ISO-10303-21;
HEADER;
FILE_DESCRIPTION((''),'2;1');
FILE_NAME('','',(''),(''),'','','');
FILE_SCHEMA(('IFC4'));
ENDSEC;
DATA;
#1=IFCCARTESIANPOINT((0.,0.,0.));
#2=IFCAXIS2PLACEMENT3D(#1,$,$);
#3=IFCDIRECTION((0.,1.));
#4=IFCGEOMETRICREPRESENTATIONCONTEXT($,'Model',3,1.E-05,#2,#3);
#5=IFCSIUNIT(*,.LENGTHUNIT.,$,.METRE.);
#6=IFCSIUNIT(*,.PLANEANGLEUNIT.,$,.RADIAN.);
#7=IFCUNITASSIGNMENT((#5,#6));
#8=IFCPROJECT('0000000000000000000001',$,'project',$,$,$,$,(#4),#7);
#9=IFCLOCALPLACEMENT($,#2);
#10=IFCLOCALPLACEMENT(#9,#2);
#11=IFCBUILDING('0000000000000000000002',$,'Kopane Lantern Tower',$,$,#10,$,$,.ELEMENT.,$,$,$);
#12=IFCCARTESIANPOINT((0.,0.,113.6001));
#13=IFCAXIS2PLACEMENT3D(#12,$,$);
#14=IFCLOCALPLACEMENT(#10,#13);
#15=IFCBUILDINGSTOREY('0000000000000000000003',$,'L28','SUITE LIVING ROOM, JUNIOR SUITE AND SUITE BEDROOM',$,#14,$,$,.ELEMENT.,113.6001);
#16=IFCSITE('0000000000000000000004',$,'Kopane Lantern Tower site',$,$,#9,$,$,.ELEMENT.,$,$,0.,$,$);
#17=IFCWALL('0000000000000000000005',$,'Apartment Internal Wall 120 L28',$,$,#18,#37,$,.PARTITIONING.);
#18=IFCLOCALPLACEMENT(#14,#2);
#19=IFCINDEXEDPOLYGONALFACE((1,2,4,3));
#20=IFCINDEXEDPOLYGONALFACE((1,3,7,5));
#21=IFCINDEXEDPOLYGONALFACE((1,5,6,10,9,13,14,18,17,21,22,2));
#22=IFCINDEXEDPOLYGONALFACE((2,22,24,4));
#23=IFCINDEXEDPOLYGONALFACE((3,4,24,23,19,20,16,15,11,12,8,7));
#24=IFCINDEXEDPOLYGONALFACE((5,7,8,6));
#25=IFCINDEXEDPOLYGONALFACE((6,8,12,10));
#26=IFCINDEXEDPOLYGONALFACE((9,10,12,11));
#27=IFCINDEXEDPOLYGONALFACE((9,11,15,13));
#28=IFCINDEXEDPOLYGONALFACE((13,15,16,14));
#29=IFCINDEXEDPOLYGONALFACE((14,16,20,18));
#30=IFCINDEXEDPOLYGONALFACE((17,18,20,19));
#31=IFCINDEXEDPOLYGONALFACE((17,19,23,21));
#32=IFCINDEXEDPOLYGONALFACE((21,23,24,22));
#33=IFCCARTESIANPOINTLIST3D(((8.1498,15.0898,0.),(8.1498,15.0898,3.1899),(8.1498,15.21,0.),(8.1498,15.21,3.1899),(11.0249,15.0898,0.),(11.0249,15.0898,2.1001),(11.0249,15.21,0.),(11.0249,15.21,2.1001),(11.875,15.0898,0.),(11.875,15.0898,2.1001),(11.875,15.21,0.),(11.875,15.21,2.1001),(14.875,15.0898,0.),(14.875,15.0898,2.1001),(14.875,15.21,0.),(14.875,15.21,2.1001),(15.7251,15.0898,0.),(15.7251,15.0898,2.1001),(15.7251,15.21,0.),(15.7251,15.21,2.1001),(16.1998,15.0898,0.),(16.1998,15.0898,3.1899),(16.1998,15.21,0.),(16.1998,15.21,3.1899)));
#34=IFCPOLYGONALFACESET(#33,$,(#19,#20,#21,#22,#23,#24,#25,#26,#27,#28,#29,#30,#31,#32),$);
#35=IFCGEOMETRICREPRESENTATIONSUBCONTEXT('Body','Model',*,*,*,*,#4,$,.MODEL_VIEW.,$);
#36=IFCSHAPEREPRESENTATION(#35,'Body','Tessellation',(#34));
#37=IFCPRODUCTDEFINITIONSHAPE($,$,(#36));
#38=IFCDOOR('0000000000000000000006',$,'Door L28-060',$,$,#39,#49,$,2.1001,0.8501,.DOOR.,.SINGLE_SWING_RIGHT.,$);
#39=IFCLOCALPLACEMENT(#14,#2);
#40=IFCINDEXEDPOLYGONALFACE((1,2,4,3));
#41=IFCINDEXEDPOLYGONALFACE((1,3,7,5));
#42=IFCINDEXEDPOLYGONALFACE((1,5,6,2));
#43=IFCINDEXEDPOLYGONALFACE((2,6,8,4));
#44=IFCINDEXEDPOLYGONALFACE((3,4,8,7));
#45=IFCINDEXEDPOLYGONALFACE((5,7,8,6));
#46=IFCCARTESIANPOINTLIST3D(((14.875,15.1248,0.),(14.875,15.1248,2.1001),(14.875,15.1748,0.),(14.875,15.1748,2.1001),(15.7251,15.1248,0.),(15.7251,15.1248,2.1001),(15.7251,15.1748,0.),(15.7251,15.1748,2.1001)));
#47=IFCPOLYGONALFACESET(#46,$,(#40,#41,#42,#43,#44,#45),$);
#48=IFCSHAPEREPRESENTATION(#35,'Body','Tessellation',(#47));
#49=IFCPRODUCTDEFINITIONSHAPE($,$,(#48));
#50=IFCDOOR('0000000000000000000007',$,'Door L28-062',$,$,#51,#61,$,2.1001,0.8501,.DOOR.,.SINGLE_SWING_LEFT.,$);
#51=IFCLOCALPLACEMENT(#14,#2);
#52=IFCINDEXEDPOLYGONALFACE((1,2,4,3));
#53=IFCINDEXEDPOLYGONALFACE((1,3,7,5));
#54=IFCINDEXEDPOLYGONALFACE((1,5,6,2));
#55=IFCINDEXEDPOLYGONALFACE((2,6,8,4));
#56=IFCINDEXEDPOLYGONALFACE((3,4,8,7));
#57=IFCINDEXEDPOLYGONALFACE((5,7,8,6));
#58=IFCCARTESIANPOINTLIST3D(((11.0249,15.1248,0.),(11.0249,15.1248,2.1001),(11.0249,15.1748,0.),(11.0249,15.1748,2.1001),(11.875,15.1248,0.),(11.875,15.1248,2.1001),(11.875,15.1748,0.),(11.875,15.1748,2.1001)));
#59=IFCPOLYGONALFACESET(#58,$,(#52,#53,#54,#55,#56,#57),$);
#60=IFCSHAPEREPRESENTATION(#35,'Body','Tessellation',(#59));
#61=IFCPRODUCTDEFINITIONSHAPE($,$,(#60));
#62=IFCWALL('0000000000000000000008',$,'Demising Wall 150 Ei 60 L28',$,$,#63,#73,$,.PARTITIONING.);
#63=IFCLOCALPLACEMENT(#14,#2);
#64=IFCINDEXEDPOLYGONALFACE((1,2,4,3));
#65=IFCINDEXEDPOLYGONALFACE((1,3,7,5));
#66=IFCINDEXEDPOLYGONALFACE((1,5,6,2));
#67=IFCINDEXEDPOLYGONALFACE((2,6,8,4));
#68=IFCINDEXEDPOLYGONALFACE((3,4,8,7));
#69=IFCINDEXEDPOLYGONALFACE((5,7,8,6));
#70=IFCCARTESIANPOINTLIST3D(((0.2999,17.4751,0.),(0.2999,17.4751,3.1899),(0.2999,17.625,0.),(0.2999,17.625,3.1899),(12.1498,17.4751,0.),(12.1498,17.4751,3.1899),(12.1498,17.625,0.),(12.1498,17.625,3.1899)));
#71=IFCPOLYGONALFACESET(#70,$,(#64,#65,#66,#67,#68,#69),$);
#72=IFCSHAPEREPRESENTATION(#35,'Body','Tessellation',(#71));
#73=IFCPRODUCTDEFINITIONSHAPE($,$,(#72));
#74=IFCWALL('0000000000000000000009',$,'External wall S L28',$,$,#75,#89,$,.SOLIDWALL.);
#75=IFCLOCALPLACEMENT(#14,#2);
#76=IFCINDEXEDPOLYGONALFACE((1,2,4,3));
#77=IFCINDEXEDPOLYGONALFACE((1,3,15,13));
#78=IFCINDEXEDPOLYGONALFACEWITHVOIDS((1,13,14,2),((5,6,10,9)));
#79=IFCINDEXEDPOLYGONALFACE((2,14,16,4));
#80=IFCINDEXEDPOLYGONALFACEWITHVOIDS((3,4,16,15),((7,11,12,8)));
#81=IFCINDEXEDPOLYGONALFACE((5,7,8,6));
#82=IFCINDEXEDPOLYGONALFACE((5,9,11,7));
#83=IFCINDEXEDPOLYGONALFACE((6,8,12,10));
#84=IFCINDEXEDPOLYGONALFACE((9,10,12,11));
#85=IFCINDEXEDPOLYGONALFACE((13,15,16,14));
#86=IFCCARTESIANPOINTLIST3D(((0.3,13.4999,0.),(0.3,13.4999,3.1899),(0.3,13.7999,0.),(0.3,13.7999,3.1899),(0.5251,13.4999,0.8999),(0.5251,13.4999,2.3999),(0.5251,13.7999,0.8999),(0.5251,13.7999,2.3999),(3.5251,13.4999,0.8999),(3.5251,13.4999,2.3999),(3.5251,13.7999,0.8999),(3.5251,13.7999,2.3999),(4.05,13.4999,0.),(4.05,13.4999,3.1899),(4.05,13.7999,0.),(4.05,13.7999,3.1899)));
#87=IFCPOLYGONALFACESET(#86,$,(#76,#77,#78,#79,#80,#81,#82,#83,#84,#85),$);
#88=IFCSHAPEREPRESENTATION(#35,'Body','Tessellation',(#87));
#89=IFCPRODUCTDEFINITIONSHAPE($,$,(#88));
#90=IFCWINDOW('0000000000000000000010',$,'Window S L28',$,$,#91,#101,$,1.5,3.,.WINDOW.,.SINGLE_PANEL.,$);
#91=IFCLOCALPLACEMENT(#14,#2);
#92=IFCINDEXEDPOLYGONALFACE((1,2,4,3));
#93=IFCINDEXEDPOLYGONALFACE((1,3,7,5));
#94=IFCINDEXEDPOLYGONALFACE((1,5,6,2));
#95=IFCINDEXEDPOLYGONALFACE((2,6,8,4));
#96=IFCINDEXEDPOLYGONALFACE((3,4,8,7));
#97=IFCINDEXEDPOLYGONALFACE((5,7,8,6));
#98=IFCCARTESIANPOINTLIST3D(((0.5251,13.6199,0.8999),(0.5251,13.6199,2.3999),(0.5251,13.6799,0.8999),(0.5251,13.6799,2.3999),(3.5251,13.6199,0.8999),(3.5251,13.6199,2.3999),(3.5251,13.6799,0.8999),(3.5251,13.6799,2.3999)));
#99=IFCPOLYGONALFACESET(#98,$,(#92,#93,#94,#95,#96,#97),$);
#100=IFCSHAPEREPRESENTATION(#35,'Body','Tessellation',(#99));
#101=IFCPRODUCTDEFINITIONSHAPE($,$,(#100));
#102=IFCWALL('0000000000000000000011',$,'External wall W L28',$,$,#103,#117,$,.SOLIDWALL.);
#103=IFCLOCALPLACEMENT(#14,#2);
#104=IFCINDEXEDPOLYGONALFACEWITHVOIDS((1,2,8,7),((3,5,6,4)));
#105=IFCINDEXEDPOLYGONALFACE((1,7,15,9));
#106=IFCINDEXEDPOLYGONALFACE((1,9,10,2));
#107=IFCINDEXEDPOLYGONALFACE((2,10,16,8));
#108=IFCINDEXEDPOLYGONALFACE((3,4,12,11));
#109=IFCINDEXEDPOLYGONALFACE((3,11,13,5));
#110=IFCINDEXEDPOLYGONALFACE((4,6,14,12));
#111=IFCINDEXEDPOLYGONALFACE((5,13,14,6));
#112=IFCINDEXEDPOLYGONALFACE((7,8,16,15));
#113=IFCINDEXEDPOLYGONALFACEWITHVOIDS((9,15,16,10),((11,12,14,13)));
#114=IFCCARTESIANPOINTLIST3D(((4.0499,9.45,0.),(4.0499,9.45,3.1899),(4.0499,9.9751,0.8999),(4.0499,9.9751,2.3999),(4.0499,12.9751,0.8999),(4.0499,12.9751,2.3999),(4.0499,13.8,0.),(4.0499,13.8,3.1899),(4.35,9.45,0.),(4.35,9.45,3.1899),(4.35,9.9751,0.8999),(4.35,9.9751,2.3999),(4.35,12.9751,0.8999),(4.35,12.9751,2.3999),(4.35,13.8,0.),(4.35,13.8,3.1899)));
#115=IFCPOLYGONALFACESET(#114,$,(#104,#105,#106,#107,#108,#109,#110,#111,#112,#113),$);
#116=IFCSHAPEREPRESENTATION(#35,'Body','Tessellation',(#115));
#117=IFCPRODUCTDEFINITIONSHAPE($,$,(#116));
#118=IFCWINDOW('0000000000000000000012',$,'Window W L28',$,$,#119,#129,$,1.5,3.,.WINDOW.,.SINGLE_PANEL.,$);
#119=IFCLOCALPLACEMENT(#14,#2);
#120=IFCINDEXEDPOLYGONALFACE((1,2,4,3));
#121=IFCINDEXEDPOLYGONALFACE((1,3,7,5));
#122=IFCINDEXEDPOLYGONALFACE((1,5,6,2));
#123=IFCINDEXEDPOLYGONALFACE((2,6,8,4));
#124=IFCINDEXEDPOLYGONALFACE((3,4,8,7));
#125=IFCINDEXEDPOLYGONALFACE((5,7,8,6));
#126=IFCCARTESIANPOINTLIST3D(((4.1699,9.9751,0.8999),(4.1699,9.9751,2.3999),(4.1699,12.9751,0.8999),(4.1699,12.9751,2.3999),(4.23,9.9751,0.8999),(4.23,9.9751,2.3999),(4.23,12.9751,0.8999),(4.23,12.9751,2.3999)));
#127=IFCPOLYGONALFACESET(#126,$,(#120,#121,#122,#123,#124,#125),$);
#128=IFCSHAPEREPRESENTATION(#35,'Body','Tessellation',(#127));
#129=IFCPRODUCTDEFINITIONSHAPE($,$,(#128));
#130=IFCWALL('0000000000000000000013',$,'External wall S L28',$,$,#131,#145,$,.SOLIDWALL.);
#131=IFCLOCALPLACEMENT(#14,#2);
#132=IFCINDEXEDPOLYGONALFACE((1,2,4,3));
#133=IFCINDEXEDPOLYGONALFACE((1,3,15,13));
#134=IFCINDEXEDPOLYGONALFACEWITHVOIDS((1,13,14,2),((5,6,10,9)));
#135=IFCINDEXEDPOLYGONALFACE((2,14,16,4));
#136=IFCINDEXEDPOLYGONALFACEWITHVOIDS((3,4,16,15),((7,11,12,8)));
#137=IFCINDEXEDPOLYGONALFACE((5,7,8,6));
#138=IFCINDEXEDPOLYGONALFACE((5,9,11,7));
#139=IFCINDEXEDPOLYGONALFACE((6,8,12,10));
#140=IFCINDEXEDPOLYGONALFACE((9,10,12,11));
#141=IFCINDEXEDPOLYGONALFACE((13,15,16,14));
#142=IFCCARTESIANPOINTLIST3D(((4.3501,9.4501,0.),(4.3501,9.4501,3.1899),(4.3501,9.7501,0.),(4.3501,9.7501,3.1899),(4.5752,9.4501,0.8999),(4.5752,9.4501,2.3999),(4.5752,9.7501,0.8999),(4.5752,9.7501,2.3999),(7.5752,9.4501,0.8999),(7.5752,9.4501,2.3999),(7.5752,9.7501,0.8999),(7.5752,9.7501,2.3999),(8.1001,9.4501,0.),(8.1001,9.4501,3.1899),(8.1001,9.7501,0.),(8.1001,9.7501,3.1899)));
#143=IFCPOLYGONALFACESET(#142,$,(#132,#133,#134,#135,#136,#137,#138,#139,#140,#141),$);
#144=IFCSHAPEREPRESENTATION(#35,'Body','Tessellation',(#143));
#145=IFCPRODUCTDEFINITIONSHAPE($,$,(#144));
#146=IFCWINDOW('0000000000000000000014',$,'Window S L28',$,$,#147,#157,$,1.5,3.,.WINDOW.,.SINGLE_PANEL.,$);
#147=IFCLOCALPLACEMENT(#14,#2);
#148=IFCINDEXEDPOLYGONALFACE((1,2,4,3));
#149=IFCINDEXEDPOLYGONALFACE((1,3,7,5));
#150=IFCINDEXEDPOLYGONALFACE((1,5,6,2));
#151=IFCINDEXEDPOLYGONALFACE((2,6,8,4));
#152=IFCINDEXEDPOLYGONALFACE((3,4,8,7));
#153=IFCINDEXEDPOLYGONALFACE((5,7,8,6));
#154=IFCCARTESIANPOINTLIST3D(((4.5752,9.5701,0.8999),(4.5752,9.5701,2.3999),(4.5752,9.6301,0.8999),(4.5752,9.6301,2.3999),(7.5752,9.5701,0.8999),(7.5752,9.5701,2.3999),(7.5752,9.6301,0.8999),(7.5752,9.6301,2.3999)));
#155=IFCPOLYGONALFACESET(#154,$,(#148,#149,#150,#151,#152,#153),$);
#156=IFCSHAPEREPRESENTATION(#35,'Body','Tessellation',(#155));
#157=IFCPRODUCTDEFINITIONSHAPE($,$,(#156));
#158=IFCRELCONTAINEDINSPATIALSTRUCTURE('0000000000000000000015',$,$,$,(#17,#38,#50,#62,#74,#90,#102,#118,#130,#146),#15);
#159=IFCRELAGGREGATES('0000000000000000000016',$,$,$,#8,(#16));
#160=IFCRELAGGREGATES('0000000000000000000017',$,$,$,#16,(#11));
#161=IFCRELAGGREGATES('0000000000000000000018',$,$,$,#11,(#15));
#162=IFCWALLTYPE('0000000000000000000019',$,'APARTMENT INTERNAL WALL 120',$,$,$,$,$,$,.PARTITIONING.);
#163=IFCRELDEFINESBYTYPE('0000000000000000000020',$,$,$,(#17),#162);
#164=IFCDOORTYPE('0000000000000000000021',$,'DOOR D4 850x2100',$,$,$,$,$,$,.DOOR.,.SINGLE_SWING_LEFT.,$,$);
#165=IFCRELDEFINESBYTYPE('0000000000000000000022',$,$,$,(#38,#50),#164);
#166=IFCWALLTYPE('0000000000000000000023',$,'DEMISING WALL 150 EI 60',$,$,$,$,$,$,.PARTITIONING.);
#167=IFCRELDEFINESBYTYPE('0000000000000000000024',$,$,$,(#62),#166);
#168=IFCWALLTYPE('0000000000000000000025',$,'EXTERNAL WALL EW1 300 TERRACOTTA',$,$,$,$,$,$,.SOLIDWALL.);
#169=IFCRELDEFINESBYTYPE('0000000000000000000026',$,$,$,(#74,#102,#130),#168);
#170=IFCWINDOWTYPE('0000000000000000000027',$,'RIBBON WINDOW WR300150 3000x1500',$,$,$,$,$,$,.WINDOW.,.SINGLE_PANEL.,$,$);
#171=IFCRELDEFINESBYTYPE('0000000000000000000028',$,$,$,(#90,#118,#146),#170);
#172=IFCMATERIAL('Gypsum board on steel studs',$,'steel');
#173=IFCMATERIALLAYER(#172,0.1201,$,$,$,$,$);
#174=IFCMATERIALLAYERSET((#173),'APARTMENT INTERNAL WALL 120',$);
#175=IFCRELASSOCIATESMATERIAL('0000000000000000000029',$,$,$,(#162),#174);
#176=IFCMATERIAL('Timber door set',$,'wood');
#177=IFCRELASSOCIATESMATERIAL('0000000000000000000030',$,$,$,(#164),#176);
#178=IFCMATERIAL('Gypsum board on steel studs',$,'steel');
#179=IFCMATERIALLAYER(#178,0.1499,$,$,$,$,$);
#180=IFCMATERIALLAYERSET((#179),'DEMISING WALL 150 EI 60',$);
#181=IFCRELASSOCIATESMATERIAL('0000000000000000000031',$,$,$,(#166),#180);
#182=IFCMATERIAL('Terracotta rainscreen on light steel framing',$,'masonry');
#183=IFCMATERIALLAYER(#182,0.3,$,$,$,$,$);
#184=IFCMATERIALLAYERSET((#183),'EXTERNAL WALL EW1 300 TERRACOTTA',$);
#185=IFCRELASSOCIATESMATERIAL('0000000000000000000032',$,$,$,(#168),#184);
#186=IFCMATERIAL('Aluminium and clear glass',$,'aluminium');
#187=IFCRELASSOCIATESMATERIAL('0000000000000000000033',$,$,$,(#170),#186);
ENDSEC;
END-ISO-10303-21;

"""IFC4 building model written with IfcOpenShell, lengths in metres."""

from ifc_helpers import new_model, si_unit, direction, frame, frame_2d, origin, place, context, subcontext, project, spatial, rectangle, extrude, material, layer, layer_set, type_object, element, fill, save


model = new_model("IFC4")

# Units and contexts
model_context = context("Model", 3, precision=1e-05, world=origin(), true_north=direction((0.0, 1.0)))
body_context = subcontext(model_context, "Body", "Model", "MODEL_VIEW")
ifc_project = project(units=[si_unit("LENGTHUNIT", "METRE"), si_unit("PLANEANGLEUNIT", "RADIAN")], contexts=[model_context])

# Site, building, storey
site_placement = place(None, origin())
site = spatial("IfcSite", under=ifc_project, at=site_placement, Name="Kopane Lantern Tower site", CompositionType="ELEMENT", RefElevation=0.0)
building_placement = place(site_placement, origin())
building = spatial("IfcBuilding", under=site, at=building_placement, Name="Kopane Lantern Tower", CompositionType="ELEMENT")
storey_placement = place(building_placement, frame((0.0, 0.0, 113.6001)))
storey = spatial("IfcBuildingStorey", under=building, at=storey_placement, Name="L28", Description="SUITE LIVING ROOM, JUNIOR SUITE AND SUITE BEDROOM", CompositionType="ELEMENT", Elevation=113.6001)

# Wall, openings, doors
ifc_material_1 = material(Name="Gypsum board on steel studs", Category="steel")
ifc_layer_1 = layer(ifc_material_1, 0.1201)
ifc_layer_set_1 = layer_set([ifc_layer_1], Name="APARTMENT INTERNAL WALL 120")
wall_type_1 = type_object("IfcWallType", Name="APARTMENT INTERNAL WALL 120", PredefinedType="PARTITIONING", material=ifc_layer_set_1)
wall_1_placement = place(storey_placement, frame((8.1499, 15.1499, 0.0), z_axis=(0.0, 0.0, 1.0), x_axis=(1.0, 0.0, 0.0)))
wall_1 = element("IfcWall", 1, at=wall_1_placement, inside=storey, type_object=wall_type_1, Name="Apartment Internal Wall 120 L28", PredefinedType="PARTITIONING", context=body_context, shape_type="SweptSolid", body=[
    extrude(rectangle(XDim=8.05, YDim=0.1201, at=frame_2d((4.0249, 0.0))), origin(), (0.0, 0.0, 1.0), 3.1899),
])
opening_1_placement = place(wall_1_placement, frame((6.7251, 0.0, 0.0)))
opening_1 = element("IfcOpeningElement", 2, at=opening_1_placement, cuts=wall_1, PredefinedType="OPENING", context=body_context, shape_type="SweptSolid", body=[
    extrude(rectangle(XDim=0.8501, YDim=2.1001, at=frame_2d((0.425, 1.05))), frame((0.0, 0.0701, 0.0), z_axis=(0.0, -1.0, 0.0), x_axis=(1.0, 0.0, 0.0)), (0.0, 0.0, 1.0), 0.1401),
])
opening_2_placement = place(wall_1_placement, frame((2.875, 0.0, 0.0)))
opening_2 = element("IfcOpeningElement", 3, at=opening_2_placement, cuts=wall_1, PredefinedType="OPENING", context=body_context, shape_type="SweptSolid", body=[
    extrude(rectangle(XDim=0.8501, YDim=2.1001, at=frame_2d((0.425, 1.05))), frame((0.0, 0.0701, 0.0), z_axis=(0.0, -1.0, 0.0), x_axis=(1.0, 0.0, 0.0)), (0.0, 0.0, 1.0), 0.1401),
])
ifc_material_2 = material(Name="Timber door set", Category="wood")
door_type = type_object("IfcDoorType", Name="DOOR D4 850x2100", OperationType="SINGLE_SWING_LEFT", PredefinedType="DOOR", material=ifc_material_2)
door_1_placement = place(opening_1_placement, origin())
door_1 = element("IfcDoor", 4, at=door_1_placement, inside=storey, type_object=door_type, Name="Door L28-060", OperationType="SINGLE_SWING_RIGHT", OverallHeight=2.1001, OverallWidth=0.8501, PredefinedType="DOOR", context=body_context, shape_type="SweptSolid", body=[
    extrude(rectangle(XDim=0.8501, YDim=2.1001, at=frame_2d((0.425, 1.05))), frame((0.0, 0.0249, 0.0), z_axis=(0.0, -1.0, 0.0), x_axis=(1.0, 0.0, 0.0)), (0.0, 0.0, 1.0), 0.05),
])
fill(opening_1, door_1)
door_2_placement = place(opening_2_placement, origin())
door_2 = element("IfcDoor", 5, at=door_2_placement, inside=storey, type_object=door_type, Name="Door L28-062", OperationType="SINGLE_SWING_LEFT", OverallHeight=2.1001, OverallWidth=0.8501, PredefinedType="DOOR", context=body_context, shape_type="SweptSolid", body=[
    extrude(rectangle(XDim=0.8501, YDim=2.1001, at=frame_2d((0.425, 1.05))), frame((0.0, 0.0249, 0.0), z_axis=(0.0, -1.0, 0.0), x_axis=(1.0, 0.0, 0.0)), (0.0, 0.0, 1.0), 0.05),
])
fill(opening_2, door_2)

# Wall
ifc_material_3 = material(Name="Gypsum board on steel studs", Category="steel")
ifc_layer_2 = layer(ifc_material_3, 0.1499)
ifc_layer_set_2 = layer_set([ifc_layer_2], Name="DEMISING WALL 150 EI 60")
wall_type_2 = type_object("IfcWallType", Name="DEMISING WALL 150 EI 60", PredefinedType="PARTITIONING", material=ifc_layer_set_2)
wall_2_placement = place(storey_placement, frame((0.3, 17.55, 0.0), z_axis=(0.0, 0.0, 1.0), x_axis=(1.0, 0.0, 0.0)))
element("IfcWall", 6, at=wall_2_placement, inside=storey, type_object=wall_type_2, Name="Demising Wall 150 Ei 60 L28", PredefinedType="PARTITIONING", context=body_context, shape_type="SweptSolid", body=[
    extrude(rectangle(XDim=11.8499, YDim=0.1499, at=frame_2d((5.9248, 0.0))), origin(), (0.0, 0.0, 1.0), 3.1899),
])

# Walls, openings, windows
ifc_material_4 = material(Name="Terracotta rainscreen on light steel framing", Category="masonry")
ifc_layer_3 = layer(ifc_material_4, 0.3)
ifc_layer_set_3 = layer_set([ifc_layer_3], Name="EXTERNAL WALL EW1 300 TERRACOTTA")
wall_type_3 = type_object("IfcWallType", Name="EXTERNAL WALL EW1 300 TERRACOTTA", PredefinedType="SOLIDWALL", material=ifc_layer_set_3)
wall_3_placement = place(storey_placement, frame((0.3, 13.6499, 0.0), z_axis=(0.0, 0.0, 1.0), x_axis=(1.0, 0.0, 0.0)))
wall_3 = element("IfcWall", 7, at=wall_3_placement, inside=storey, type_object=wall_type_3, Name="External wall S L28", PredefinedType="SOLIDWALL", context=body_context, shape_type="SweptSolid", body=[
    extrude(rectangle(XDim=3.75, YDim=0.3, at=frame_2d((1.875, 0.0))), origin(), (0.0, 0.0, 1.0), 3.1899),
])
opening_3_placement = place(wall_3_placement, frame((0.2251, 0.0, 0.8999)))
opening_3 = element("IfcOpeningElement", 8, at=opening_3_placement, cuts=wall_3, PredefinedType="OPENING", context=body_context, shape_type="SweptSolid", body=[
    extrude(rectangle(XDim=3.0, YDim=1.5, at=frame_2d((1.5, 0.75))), frame((0.0, 0.1599, 0.0), z_axis=(0.0, -1.0, 0.0), x_axis=(1.0, 0.0, 0.0)), (0.0, 0.0, 1.0), 0.3201),
])
ifc_material_5 = material(Name="Aluminium and clear glass", Category="aluminium")
window_type = type_object("IfcWindowType", Name="RIBBON WINDOW WR300150 3000x1500", PartitioningType="SINGLE_PANEL", PredefinedType="WINDOW", material=ifc_material_5)
window_1_placement = place(opening_3_placement, origin())
window_1 = element("IfcWindow", 9, at=window_1_placement, inside=storey, type_object=window_type, Name="Window S L28", OverallHeight=1.5, OverallWidth=3.0, PartitioningType="SINGLE_PANEL", PredefinedType="WINDOW", context=body_context, shape_type="SweptSolid", body=[
    extrude(rectangle(XDim=3.0, YDim=1.5, at=frame_2d((1.5, 0.75))), frame((0.0, 0.03, 0.0), z_axis=(0.0, -1.0, 0.0), x_axis=(1.0, 0.0, 0.0)), (0.0, 0.0, 1.0), 0.0601),
])
fill(opening_3, window_1)
wall_4_placement = place(storey_placement, frame((4.2, 13.8, 0.0), z_axis=(0.0, 0.0, 1.0), x_axis=(0.0, -1.0, 0.0)))
wall_4 = element("IfcWall", 10, at=wall_4_placement, inside=storey, type_object=wall_type_3, Name="External wall W L28", PredefinedType="SOLIDWALL", context=body_context, shape_type="SweptSolid", body=[
    extrude(rectangle(XDim=4.3501, YDim=0.3, at=frame_2d((2.175, 0.0))), origin(), (0.0, 0.0, 1.0), 3.1899),
])
opening_4_placement = place(wall_4_placement, frame((0.825, 0.0, 0.8999)))
opening_4 = element("IfcOpeningElement", 11, at=opening_4_placement, cuts=wall_4, PredefinedType="OPENING", context=body_context, shape_type="SweptSolid", body=[
    extrude(rectangle(XDim=3.0, YDim=1.5, at=frame_2d((1.5, 0.75))), frame((0.0, 0.1599, 0.0), z_axis=(0.0, -1.0, 0.0), x_axis=(1.0, 0.0, 0.0)), (0.0, 0.0, 1.0), 0.3201),
])
window_2_placement = place(opening_4_placement, origin())
window_2 = element("IfcWindow", 12, at=window_2_placement, inside=storey, type_object=window_type, Name="Window W L28", OverallHeight=1.5, OverallWidth=3.0, PartitioningType="SINGLE_PANEL", PredefinedType="WINDOW", context=body_context, shape_type="SweptSolid", body=[
    extrude(rectangle(XDim=3.0, YDim=1.5, at=frame_2d((1.5, 0.75))), frame((0.0, 0.03, 0.0), z_axis=(0.0, -1.0, 0.0), x_axis=(1.0, 0.0, 0.0)), (0.0, 0.0, 1.0), 0.0601),
])
fill(opening_4, window_2)
wall_5_placement = place(storey_placement, frame((4.3501, 9.6001, 0.0), z_axis=(0.0, 0.0, 1.0), x_axis=(1.0, 0.0, 0.0)))
wall_5 = element("IfcWall", 13, at=wall_5_placement, inside=storey, type_object=wall_type_3, Name="External wall S L28", PredefinedType="SOLIDWALL", context=body_context, shape_type="SweptSolid", body=[
    extrude(rectangle(XDim=3.75, YDim=0.3, at=frame_2d((1.875, 0.0))), origin(), (0.0, 0.0, 1.0), 3.1899),
])
opening_5_placement = place(wall_5_placement, frame((0.2251, 0.0, 0.8999)))
opening_5 = element("IfcOpeningElement", 14, at=opening_5_placement, cuts=wall_5, PredefinedType="OPENING", context=body_context, shape_type="SweptSolid", body=[
    extrude(rectangle(XDim=3.0, YDim=1.5, at=frame_2d((1.5, 0.75))), frame((0.0, 0.1599, 0.0), z_axis=(0.0, -1.0, 0.0), x_axis=(1.0, 0.0, 0.0)), (0.0, 0.0, 1.0), 0.3201),
])
window_3_placement = place(opening_5_placement, origin())
window_3 = element("IfcWindow", 15, at=window_3_placement, inside=storey, type_object=window_type, Name="Window S L28", OverallHeight=1.5, OverallWidth=3.0, PartitioningType="SINGLE_PANEL", PredefinedType="WINDOW", context=body_context, shape_type="SweptSolid", body=[
    extrude(rectangle(XDim=3.0, YDim=1.5, at=frame_2d((1.5, 0.75))), frame((0.0, 0.03, 0.0), z_axis=(0.0, -1.0, 0.0), x_axis=(1.0, 0.0, 0.0)), (0.0, 0.0, 1.0), 0.0601),
])
fill(opening_5, window_3)

save(model, "model.ifc")
